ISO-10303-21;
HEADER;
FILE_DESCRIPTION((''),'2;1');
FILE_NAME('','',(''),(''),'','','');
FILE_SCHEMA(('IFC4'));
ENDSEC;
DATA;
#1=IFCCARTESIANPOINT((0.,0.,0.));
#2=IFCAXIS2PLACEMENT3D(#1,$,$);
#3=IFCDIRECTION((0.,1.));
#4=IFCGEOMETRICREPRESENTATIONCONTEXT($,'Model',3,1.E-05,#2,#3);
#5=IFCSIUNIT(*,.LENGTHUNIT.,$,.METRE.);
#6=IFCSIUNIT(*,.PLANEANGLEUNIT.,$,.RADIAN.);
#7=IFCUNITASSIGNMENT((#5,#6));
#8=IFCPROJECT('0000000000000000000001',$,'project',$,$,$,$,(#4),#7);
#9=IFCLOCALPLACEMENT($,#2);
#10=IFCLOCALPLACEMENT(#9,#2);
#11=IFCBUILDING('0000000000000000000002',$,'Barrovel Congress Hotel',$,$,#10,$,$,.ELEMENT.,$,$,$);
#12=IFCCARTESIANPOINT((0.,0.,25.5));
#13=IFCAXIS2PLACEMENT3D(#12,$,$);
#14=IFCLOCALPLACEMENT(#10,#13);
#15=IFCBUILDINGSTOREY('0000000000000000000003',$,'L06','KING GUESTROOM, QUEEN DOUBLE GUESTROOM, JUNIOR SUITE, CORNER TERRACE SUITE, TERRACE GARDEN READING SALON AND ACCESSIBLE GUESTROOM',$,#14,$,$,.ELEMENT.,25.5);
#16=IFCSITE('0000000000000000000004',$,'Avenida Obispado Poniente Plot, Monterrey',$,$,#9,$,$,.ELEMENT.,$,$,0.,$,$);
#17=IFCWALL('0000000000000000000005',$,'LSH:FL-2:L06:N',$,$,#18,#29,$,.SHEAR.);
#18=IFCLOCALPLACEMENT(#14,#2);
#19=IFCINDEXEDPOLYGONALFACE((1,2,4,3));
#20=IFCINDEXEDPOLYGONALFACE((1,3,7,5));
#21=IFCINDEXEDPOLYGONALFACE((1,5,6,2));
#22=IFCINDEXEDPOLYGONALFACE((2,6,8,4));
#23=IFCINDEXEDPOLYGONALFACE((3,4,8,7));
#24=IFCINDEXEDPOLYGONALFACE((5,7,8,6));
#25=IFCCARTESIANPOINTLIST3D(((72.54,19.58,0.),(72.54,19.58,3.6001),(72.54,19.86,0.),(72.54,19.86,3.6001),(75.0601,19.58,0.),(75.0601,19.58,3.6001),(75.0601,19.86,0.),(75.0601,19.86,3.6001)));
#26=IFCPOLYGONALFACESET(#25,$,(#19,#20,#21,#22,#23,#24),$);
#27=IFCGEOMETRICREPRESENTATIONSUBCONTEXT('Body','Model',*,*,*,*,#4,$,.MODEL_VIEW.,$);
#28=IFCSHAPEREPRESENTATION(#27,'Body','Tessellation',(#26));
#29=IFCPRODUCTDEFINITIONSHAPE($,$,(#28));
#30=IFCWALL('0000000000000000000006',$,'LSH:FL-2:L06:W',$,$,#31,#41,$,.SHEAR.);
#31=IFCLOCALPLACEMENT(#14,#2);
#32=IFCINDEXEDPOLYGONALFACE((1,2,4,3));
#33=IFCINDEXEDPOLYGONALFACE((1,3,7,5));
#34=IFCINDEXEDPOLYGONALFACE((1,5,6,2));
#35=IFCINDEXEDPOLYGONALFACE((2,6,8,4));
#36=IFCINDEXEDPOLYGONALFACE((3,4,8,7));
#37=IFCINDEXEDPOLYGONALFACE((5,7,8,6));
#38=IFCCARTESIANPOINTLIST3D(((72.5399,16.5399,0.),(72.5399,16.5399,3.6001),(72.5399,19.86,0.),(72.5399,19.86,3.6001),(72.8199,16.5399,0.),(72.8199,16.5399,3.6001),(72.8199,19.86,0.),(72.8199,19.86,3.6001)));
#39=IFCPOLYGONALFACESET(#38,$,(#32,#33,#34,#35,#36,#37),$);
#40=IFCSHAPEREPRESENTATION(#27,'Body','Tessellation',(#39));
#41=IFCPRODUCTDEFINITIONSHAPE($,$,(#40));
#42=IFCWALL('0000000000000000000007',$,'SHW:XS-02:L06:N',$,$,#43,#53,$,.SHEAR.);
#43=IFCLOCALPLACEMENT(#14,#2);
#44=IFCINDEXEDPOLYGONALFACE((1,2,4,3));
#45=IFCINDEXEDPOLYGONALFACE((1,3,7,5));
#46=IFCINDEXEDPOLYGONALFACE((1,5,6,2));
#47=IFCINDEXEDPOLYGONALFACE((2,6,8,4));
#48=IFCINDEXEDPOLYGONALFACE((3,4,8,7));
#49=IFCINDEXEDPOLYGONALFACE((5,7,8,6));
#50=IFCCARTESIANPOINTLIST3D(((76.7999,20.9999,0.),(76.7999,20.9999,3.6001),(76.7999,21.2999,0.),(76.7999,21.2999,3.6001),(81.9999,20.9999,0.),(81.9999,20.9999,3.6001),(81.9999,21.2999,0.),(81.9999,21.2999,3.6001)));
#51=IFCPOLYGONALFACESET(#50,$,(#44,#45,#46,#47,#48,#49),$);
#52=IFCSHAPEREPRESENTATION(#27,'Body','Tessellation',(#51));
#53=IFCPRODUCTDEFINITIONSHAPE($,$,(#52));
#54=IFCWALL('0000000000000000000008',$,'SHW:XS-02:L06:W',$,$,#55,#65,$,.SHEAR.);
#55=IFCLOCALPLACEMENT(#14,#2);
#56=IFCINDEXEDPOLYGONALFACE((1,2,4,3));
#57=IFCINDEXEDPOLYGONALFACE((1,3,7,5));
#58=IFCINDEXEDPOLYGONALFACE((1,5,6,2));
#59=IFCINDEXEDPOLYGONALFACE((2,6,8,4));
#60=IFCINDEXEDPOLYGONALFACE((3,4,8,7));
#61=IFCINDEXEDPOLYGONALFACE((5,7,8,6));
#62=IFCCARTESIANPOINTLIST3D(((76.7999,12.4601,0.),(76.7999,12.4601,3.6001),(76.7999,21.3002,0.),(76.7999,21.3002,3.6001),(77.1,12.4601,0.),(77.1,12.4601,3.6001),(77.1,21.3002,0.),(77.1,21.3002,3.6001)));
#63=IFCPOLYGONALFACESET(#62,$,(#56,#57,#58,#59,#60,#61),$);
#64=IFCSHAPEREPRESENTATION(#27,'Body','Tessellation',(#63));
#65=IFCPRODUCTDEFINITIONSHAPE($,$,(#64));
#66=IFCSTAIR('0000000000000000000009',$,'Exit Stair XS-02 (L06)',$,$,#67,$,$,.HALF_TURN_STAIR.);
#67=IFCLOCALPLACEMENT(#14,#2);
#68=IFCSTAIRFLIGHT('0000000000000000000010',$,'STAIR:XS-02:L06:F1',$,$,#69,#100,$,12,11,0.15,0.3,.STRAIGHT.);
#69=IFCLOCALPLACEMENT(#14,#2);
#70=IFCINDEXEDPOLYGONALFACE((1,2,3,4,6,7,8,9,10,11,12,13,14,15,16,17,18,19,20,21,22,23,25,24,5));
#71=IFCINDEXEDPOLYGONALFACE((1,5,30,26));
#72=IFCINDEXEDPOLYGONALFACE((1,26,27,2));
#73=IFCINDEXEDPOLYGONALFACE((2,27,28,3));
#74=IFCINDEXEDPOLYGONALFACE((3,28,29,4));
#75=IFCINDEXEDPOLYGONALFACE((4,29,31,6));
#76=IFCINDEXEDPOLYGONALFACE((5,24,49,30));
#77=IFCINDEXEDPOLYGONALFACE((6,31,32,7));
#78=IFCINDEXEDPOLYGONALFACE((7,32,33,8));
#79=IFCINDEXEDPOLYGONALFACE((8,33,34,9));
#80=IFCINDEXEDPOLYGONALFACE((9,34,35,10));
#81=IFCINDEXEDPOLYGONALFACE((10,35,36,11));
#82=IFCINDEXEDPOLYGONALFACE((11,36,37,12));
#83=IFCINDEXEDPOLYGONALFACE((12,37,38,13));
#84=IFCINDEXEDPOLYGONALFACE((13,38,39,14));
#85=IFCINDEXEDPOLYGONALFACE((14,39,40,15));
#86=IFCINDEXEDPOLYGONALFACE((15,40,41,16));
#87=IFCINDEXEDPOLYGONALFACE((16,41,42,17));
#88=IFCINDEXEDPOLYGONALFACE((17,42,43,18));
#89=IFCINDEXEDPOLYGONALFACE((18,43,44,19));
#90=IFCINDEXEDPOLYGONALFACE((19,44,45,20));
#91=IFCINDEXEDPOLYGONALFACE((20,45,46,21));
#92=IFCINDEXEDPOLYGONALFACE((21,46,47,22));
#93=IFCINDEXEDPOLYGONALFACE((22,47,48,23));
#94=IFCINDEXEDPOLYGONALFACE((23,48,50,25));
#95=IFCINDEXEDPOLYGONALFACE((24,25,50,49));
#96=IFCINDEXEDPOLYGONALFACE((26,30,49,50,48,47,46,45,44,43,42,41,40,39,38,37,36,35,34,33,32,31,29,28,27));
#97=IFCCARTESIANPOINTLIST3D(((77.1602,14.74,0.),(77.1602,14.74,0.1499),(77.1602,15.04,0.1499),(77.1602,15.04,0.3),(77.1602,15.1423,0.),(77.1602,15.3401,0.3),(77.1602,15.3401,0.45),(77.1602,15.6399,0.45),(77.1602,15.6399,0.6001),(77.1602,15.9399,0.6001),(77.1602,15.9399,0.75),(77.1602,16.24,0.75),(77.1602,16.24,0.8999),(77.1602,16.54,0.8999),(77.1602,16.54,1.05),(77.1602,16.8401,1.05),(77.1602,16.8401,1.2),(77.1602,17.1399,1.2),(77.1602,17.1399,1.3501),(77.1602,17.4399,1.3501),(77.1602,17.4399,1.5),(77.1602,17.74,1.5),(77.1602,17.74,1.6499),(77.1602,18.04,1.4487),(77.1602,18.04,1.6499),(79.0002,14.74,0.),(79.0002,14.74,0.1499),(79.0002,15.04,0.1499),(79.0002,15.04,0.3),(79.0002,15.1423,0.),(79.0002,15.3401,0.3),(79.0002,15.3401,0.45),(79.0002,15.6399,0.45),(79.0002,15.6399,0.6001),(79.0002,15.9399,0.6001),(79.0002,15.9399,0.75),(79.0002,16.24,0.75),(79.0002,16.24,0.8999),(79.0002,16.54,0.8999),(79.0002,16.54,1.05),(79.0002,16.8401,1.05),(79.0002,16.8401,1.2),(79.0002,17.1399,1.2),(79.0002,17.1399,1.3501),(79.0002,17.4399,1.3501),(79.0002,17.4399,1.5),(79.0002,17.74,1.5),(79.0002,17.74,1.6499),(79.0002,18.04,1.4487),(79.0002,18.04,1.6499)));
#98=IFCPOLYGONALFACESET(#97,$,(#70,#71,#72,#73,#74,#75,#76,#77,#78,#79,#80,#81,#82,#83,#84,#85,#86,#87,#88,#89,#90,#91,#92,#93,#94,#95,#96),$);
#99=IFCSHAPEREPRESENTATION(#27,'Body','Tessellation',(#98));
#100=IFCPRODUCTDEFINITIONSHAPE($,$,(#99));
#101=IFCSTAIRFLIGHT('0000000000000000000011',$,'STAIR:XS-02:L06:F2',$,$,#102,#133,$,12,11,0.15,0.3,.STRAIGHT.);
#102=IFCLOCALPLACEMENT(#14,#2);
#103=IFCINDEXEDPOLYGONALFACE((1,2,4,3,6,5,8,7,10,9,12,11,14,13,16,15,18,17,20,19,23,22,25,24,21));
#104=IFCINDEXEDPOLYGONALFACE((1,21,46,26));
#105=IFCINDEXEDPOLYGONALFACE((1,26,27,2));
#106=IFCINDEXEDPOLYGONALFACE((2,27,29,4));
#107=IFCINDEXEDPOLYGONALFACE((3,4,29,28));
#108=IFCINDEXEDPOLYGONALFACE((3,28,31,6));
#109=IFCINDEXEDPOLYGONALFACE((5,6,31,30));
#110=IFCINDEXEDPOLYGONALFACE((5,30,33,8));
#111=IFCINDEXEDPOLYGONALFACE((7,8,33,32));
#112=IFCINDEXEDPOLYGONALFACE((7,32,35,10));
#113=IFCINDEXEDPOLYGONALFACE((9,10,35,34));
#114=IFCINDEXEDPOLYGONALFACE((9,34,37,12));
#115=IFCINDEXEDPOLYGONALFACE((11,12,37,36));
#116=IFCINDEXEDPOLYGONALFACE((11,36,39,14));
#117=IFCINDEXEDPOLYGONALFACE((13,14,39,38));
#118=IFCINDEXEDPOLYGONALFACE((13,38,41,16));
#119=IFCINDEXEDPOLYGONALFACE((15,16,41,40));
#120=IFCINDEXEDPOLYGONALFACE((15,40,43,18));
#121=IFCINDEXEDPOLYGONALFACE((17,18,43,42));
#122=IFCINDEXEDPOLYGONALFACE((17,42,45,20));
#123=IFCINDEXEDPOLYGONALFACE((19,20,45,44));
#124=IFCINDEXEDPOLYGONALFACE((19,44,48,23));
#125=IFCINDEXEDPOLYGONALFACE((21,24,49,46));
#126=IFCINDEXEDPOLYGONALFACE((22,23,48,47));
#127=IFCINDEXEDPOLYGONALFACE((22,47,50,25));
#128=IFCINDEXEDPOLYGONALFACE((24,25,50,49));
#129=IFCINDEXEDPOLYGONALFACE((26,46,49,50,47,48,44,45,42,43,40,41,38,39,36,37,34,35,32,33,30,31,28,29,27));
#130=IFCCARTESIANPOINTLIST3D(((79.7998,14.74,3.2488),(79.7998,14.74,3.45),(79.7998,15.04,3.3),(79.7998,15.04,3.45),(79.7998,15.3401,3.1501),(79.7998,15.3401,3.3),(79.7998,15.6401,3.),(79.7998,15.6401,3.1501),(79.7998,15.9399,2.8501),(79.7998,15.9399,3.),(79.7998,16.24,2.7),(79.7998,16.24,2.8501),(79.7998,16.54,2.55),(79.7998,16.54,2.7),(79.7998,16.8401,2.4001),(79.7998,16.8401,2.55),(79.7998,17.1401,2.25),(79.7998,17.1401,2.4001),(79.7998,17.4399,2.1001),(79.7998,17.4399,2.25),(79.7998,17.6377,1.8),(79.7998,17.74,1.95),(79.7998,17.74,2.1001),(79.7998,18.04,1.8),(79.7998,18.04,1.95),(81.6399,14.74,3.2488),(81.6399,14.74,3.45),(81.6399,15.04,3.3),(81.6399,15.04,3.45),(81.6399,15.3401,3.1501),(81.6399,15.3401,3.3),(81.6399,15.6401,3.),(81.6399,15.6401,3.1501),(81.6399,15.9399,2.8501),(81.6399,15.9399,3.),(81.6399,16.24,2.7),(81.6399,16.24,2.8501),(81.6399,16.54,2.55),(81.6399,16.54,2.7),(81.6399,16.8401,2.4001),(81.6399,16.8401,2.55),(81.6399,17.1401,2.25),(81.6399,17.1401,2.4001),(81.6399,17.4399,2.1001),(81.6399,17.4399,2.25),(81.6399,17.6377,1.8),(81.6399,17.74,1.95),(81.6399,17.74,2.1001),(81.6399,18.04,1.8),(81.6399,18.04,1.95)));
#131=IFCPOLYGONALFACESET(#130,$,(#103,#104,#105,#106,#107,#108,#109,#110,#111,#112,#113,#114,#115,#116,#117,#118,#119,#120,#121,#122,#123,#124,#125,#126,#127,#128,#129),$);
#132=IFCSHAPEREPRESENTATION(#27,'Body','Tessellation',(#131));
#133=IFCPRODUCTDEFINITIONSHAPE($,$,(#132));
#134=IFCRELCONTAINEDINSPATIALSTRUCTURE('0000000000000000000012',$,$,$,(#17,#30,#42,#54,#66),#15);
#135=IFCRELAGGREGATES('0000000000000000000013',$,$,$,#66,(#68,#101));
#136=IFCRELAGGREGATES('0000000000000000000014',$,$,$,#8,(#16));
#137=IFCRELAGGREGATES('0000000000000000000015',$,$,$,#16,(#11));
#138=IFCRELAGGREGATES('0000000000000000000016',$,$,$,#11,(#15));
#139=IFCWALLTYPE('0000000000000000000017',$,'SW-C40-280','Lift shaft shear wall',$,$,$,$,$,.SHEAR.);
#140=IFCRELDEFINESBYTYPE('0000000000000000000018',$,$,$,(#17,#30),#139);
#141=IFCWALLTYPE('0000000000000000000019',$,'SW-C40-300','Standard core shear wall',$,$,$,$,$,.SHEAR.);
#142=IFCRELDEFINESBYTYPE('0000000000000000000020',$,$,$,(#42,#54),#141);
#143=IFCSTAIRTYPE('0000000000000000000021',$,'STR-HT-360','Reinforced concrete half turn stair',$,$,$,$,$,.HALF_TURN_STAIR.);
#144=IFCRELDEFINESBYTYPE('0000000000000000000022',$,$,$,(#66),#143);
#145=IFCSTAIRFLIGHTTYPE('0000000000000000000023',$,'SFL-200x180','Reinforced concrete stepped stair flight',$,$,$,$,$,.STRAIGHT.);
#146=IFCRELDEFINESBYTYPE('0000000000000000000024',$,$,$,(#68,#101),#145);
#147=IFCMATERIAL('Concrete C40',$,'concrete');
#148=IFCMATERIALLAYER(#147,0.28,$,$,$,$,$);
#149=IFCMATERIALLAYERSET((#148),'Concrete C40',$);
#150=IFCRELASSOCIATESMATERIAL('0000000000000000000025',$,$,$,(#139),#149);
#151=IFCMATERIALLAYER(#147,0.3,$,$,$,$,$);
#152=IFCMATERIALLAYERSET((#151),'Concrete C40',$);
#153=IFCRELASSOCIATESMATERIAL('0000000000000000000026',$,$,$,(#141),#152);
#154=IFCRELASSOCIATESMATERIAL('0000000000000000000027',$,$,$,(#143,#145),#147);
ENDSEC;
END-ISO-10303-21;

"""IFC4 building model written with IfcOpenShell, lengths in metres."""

from ifc_helpers import new_model, si_unit, direction, frame, frame_2d, origin, place, context, subcontext, project, spatial, polyline, rectangle, outline, extrude, material, layer, layer_set, type_object, element, aggregate, save


model = new_model("IFC4")

# Units and contexts
model_context = context("Model", 3, precision=1e-05, world=origin(), true_north=direction((0.0, 1.0)))
body_context = subcontext(model_context, "Body", "Model", "MODEL_VIEW")
ifc_project = project(units=[si_unit("LENGTHUNIT", "METRE"), si_unit("PLANEANGLEUNIT", "RADIAN")], contexts=[model_context])

# Site, building, storey
site_placement = place(None, origin())
site = spatial("IfcSite", under=ifc_project, at=site_placement, Name="Avenida Obispado Poniente Plot, Monterrey", CompositionType="ELEMENT", RefElevation=0.0)
building_placement = place(site_placement, origin())
building = spatial("IfcBuilding", under=site, at=building_placement, Name="Barrovel Congress Hotel", CompositionType="ELEMENT")
storey_placement = place(building_placement, frame((0.0, 0.0, 25.5)))
storey = spatial("IfcBuildingStorey", under=building, at=storey_placement, Name="L06", Description="KING GUESTROOM, QUEEN DOUBLE GUESTROOM, JUNIOR SUITE, CORNER TERRACE SUITE, TERRACE GARDEN READING SALON AND ACCESSIBLE GUESTROOM", CompositionType="ELEMENT", Elevation=25.5)

# Shared definitions
ifc_material_1 = material(Name="Concrete C40", Category="concrete")

# Shared definitions
ifc_layer_1 = layer(ifc_material_1, 0.28)
ifc_layer_set_1 = layer_set([ifc_layer_1], Name="Concrete C40")
wall_type_1 = type_object("IfcWallType", Name="SW-C40-280", Description="Lift shaft shear wall", PredefinedType="SHEAR", material=ifc_layer_set_1)

# Walls
wall_1_placement = place(storey_placement, frame((75.0601, 19.72, 0.0), z_axis=(0.0, 0.0, 1.0), x_axis=(-1.0, 0.0, 0.0)))
element("IfcWall", 1, at=wall_1_placement, inside=storey, type_object=wall_type_1, Name="LSH:FL-2:L06:N", PredefinedType="SHEAR", context=body_context, shape_type="SweptSolid", body=[
    extrude(rectangle(XDim=2.52, YDim=0.28, at=frame_2d((1.26, 0.0))), origin(), (0.0, 0.0, 1.0), 3.6001),
])
wall_2_placement = place(storey_placement, frame((72.6799, 19.8601, 0.0), z_axis=(0.0, 0.0, 1.0), x_axis=(0.0, -1.0, 0.0)))
element("IfcWall", 2, at=wall_2_placement, inside=storey, type_object=wall_type_1, Name="LSH:FL-2:L06:W", PredefinedType="SHEAR", context=body_context, shape_type="SweptSolid", body=[
    extrude(rectangle(XDim=3.3201, YDim=0.28, at=frame_2d((1.6602, 0.0))), origin(), (0.0, 0.0, 1.0), 3.6001),
])
ifc_layer_2 = layer(ifc_material_1, 0.3)
ifc_layer_set_2 = layer_set([ifc_layer_2], Name="Concrete C40")
wall_type_2 = type_object("IfcWallType", Name="SW-C40-300", Description="Standard core shear wall", PredefinedType="SHEAR", material=ifc_layer_set_2)
wall_3_placement = place(storey_placement, frame((82.0, 21.1499, 0.0), z_axis=(0.0, 0.0, 1.0), x_axis=(-1.0, 0.0, 0.0)))
element("IfcWall", 3, at=wall_3_placement, inside=storey, type_object=wall_type_2, Name="SHW:XS-02:L06:N", PredefinedType="SHEAR", context=body_context, shape_type="SweptSolid", body=[
    extrude(rectangle(XDim=5.2, YDim=0.3, at=frame_2d((2.6001, 0.0))), origin(), (0.0, 0.0, 1.0), 3.6001),
])
wall_4_placement = place(storey_placement, frame((76.95, 21.3, 0.0), z_axis=(0.0, 0.0, 1.0), x_axis=(0.0, -1.0, 0.0)))
element("IfcWall", 4, at=wall_4_placement, inside=storey, type_object=wall_type_2, Name="SHW:XS-02:L06:W", PredefinedType="SHEAR", context=body_context, shape_type="SweptSolid", body=[
    extrude(rectangle(XDim=8.8401, YDim=0.3, at=frame_2d((4.4199, 0.0))), origin(), (0.0, 0.0, 1.0), 3.6001),
])

# Stair, stair flights
stair_type = type_object("IfcStairType", Name="STR-HT-360", Description="Reinforced concrete half turn stair", PredefinedType="HALF_TURN_STAIR", material=ifc_material_1)
stair_placement = place(storey_placement, origin())
stair = element("IfcStair", 5, at=stair_placement, inside=storey, type_object=stair_type, Name="Exit Stair XS-02 (L06)", PredefinedType="HALF_TURN_STAIR")
stair_flight_type = type_object("IfcStairFlightType", Name="SFL-200x180", Description="Reinforced concrete stepped stair flight", PredefinedType="STRAIGHT", material=ifc_material_1)
stair_flight_1_placement = place(storey_placement, frame((78.0801, 14.74, 0.0), z_axis=(0.0, 0.0, 1.0), x_axis=(0.0, 1.0, 0.0)))
stair_flight_1 = element("IfcStairFlight", 6, at=stair_flight_1_placement, type_object=stair_flight_type, Name="STAIR:XS-02:L06:F1", NumberOfRisers=12, NumberOfTreads=11, PredefinedType="STRAIGHT", RiserHeight=0.15, TreadLength=0.3, context=body_context, shape_type="SweptSolid", body=[
    extrude(outline(polyline([(0.0, 0.0), (0.0, 0.1499), (0.3, 0.1499), (0.3, 0.3), (0.6001, 0.3), (0.6001, 0.45), (0.8999, 0.45), (0.8999, 0.6001), (1.2, 0.6001), (1.2, 0.75), (1.5, 0.75), (1.5, 0.8999), (1.8, 0.8999), (1.8, 1.05), (2.1001, 1.05), (2.1001, 1.2), (2.3999, 1.2), (2.3999, 1.3501), (2.7, 1.3501), (2.7, 1.5), (3.0, 1.5), (3.0, 1.6499), (3.3, 1.6499), (3.3, 1.8), (3.3, 1.4487), (0.4023, 0.0), (0.0, 0.0)])), frame((0.0, 0.9199, 0.0), z_axis=(0.0, -1.0, 0.0), x_axis=(1.0, 0.0, 0.0)), (0.0, 0.0, 1.0), 1.8401),
])
stair_flight_2_placement = place(storey_placement, frame((80.72, 18.04, 1.8), z_axis=(0.0, 0.0, 1.0), x_axis=(0.0, -1.0, 0.0)))
stair_flight_2 = element("IfcStairFlight", 7, at=stair_flight_2_placement, type_object=stair_flight_type, Name="STAIR:XS-02:L06:F2", NumberOfRisers=12, NumberOfTreads=11, PredefinedType="STRAIGHT", RiserHeight=0.15, TreadLength=0.3, context=body_context, shape_type="SweptSolid", body=[
    extrude(outline(polyline([(0.0, 0.0), (0.0, 0.1499), (0.3, 0.1499), (0.3, 0.3), (0.6001, 0.3), (0.6001, 0.45), (0.8999, 0.45), (0.8999, 0.6001), (1.2, 0.6001), (1.2, 0.75), (1.5, 0.75), (1.5, 0.8999), (1.8, 0.8999), (1.8, 1.05), (2.1001, 1.05), (2.1001, 1.2), (2.3999, 1.2), (2.3999, 1.3501), (2.7, 1.3501), (2.7, 1.5), (3.0, 1.5), (3.0, 1.6499), (3.3, 1.6499), (3.3, 1.8), (3.3, 1.4487), (0.4023, 0.0), (0.0, 0.0)])), frame((0.0, 0.9199, 0.0), z_axis=(0.0, -1.0, 0.0), x_axis=(1.0, 0.0, 0.0)), (0.0, 0.0, 1.0), 1.8401),
])
aggregate(stair, [stair_flight_1, stair_flight_2])

save(model, "model.ifc")
